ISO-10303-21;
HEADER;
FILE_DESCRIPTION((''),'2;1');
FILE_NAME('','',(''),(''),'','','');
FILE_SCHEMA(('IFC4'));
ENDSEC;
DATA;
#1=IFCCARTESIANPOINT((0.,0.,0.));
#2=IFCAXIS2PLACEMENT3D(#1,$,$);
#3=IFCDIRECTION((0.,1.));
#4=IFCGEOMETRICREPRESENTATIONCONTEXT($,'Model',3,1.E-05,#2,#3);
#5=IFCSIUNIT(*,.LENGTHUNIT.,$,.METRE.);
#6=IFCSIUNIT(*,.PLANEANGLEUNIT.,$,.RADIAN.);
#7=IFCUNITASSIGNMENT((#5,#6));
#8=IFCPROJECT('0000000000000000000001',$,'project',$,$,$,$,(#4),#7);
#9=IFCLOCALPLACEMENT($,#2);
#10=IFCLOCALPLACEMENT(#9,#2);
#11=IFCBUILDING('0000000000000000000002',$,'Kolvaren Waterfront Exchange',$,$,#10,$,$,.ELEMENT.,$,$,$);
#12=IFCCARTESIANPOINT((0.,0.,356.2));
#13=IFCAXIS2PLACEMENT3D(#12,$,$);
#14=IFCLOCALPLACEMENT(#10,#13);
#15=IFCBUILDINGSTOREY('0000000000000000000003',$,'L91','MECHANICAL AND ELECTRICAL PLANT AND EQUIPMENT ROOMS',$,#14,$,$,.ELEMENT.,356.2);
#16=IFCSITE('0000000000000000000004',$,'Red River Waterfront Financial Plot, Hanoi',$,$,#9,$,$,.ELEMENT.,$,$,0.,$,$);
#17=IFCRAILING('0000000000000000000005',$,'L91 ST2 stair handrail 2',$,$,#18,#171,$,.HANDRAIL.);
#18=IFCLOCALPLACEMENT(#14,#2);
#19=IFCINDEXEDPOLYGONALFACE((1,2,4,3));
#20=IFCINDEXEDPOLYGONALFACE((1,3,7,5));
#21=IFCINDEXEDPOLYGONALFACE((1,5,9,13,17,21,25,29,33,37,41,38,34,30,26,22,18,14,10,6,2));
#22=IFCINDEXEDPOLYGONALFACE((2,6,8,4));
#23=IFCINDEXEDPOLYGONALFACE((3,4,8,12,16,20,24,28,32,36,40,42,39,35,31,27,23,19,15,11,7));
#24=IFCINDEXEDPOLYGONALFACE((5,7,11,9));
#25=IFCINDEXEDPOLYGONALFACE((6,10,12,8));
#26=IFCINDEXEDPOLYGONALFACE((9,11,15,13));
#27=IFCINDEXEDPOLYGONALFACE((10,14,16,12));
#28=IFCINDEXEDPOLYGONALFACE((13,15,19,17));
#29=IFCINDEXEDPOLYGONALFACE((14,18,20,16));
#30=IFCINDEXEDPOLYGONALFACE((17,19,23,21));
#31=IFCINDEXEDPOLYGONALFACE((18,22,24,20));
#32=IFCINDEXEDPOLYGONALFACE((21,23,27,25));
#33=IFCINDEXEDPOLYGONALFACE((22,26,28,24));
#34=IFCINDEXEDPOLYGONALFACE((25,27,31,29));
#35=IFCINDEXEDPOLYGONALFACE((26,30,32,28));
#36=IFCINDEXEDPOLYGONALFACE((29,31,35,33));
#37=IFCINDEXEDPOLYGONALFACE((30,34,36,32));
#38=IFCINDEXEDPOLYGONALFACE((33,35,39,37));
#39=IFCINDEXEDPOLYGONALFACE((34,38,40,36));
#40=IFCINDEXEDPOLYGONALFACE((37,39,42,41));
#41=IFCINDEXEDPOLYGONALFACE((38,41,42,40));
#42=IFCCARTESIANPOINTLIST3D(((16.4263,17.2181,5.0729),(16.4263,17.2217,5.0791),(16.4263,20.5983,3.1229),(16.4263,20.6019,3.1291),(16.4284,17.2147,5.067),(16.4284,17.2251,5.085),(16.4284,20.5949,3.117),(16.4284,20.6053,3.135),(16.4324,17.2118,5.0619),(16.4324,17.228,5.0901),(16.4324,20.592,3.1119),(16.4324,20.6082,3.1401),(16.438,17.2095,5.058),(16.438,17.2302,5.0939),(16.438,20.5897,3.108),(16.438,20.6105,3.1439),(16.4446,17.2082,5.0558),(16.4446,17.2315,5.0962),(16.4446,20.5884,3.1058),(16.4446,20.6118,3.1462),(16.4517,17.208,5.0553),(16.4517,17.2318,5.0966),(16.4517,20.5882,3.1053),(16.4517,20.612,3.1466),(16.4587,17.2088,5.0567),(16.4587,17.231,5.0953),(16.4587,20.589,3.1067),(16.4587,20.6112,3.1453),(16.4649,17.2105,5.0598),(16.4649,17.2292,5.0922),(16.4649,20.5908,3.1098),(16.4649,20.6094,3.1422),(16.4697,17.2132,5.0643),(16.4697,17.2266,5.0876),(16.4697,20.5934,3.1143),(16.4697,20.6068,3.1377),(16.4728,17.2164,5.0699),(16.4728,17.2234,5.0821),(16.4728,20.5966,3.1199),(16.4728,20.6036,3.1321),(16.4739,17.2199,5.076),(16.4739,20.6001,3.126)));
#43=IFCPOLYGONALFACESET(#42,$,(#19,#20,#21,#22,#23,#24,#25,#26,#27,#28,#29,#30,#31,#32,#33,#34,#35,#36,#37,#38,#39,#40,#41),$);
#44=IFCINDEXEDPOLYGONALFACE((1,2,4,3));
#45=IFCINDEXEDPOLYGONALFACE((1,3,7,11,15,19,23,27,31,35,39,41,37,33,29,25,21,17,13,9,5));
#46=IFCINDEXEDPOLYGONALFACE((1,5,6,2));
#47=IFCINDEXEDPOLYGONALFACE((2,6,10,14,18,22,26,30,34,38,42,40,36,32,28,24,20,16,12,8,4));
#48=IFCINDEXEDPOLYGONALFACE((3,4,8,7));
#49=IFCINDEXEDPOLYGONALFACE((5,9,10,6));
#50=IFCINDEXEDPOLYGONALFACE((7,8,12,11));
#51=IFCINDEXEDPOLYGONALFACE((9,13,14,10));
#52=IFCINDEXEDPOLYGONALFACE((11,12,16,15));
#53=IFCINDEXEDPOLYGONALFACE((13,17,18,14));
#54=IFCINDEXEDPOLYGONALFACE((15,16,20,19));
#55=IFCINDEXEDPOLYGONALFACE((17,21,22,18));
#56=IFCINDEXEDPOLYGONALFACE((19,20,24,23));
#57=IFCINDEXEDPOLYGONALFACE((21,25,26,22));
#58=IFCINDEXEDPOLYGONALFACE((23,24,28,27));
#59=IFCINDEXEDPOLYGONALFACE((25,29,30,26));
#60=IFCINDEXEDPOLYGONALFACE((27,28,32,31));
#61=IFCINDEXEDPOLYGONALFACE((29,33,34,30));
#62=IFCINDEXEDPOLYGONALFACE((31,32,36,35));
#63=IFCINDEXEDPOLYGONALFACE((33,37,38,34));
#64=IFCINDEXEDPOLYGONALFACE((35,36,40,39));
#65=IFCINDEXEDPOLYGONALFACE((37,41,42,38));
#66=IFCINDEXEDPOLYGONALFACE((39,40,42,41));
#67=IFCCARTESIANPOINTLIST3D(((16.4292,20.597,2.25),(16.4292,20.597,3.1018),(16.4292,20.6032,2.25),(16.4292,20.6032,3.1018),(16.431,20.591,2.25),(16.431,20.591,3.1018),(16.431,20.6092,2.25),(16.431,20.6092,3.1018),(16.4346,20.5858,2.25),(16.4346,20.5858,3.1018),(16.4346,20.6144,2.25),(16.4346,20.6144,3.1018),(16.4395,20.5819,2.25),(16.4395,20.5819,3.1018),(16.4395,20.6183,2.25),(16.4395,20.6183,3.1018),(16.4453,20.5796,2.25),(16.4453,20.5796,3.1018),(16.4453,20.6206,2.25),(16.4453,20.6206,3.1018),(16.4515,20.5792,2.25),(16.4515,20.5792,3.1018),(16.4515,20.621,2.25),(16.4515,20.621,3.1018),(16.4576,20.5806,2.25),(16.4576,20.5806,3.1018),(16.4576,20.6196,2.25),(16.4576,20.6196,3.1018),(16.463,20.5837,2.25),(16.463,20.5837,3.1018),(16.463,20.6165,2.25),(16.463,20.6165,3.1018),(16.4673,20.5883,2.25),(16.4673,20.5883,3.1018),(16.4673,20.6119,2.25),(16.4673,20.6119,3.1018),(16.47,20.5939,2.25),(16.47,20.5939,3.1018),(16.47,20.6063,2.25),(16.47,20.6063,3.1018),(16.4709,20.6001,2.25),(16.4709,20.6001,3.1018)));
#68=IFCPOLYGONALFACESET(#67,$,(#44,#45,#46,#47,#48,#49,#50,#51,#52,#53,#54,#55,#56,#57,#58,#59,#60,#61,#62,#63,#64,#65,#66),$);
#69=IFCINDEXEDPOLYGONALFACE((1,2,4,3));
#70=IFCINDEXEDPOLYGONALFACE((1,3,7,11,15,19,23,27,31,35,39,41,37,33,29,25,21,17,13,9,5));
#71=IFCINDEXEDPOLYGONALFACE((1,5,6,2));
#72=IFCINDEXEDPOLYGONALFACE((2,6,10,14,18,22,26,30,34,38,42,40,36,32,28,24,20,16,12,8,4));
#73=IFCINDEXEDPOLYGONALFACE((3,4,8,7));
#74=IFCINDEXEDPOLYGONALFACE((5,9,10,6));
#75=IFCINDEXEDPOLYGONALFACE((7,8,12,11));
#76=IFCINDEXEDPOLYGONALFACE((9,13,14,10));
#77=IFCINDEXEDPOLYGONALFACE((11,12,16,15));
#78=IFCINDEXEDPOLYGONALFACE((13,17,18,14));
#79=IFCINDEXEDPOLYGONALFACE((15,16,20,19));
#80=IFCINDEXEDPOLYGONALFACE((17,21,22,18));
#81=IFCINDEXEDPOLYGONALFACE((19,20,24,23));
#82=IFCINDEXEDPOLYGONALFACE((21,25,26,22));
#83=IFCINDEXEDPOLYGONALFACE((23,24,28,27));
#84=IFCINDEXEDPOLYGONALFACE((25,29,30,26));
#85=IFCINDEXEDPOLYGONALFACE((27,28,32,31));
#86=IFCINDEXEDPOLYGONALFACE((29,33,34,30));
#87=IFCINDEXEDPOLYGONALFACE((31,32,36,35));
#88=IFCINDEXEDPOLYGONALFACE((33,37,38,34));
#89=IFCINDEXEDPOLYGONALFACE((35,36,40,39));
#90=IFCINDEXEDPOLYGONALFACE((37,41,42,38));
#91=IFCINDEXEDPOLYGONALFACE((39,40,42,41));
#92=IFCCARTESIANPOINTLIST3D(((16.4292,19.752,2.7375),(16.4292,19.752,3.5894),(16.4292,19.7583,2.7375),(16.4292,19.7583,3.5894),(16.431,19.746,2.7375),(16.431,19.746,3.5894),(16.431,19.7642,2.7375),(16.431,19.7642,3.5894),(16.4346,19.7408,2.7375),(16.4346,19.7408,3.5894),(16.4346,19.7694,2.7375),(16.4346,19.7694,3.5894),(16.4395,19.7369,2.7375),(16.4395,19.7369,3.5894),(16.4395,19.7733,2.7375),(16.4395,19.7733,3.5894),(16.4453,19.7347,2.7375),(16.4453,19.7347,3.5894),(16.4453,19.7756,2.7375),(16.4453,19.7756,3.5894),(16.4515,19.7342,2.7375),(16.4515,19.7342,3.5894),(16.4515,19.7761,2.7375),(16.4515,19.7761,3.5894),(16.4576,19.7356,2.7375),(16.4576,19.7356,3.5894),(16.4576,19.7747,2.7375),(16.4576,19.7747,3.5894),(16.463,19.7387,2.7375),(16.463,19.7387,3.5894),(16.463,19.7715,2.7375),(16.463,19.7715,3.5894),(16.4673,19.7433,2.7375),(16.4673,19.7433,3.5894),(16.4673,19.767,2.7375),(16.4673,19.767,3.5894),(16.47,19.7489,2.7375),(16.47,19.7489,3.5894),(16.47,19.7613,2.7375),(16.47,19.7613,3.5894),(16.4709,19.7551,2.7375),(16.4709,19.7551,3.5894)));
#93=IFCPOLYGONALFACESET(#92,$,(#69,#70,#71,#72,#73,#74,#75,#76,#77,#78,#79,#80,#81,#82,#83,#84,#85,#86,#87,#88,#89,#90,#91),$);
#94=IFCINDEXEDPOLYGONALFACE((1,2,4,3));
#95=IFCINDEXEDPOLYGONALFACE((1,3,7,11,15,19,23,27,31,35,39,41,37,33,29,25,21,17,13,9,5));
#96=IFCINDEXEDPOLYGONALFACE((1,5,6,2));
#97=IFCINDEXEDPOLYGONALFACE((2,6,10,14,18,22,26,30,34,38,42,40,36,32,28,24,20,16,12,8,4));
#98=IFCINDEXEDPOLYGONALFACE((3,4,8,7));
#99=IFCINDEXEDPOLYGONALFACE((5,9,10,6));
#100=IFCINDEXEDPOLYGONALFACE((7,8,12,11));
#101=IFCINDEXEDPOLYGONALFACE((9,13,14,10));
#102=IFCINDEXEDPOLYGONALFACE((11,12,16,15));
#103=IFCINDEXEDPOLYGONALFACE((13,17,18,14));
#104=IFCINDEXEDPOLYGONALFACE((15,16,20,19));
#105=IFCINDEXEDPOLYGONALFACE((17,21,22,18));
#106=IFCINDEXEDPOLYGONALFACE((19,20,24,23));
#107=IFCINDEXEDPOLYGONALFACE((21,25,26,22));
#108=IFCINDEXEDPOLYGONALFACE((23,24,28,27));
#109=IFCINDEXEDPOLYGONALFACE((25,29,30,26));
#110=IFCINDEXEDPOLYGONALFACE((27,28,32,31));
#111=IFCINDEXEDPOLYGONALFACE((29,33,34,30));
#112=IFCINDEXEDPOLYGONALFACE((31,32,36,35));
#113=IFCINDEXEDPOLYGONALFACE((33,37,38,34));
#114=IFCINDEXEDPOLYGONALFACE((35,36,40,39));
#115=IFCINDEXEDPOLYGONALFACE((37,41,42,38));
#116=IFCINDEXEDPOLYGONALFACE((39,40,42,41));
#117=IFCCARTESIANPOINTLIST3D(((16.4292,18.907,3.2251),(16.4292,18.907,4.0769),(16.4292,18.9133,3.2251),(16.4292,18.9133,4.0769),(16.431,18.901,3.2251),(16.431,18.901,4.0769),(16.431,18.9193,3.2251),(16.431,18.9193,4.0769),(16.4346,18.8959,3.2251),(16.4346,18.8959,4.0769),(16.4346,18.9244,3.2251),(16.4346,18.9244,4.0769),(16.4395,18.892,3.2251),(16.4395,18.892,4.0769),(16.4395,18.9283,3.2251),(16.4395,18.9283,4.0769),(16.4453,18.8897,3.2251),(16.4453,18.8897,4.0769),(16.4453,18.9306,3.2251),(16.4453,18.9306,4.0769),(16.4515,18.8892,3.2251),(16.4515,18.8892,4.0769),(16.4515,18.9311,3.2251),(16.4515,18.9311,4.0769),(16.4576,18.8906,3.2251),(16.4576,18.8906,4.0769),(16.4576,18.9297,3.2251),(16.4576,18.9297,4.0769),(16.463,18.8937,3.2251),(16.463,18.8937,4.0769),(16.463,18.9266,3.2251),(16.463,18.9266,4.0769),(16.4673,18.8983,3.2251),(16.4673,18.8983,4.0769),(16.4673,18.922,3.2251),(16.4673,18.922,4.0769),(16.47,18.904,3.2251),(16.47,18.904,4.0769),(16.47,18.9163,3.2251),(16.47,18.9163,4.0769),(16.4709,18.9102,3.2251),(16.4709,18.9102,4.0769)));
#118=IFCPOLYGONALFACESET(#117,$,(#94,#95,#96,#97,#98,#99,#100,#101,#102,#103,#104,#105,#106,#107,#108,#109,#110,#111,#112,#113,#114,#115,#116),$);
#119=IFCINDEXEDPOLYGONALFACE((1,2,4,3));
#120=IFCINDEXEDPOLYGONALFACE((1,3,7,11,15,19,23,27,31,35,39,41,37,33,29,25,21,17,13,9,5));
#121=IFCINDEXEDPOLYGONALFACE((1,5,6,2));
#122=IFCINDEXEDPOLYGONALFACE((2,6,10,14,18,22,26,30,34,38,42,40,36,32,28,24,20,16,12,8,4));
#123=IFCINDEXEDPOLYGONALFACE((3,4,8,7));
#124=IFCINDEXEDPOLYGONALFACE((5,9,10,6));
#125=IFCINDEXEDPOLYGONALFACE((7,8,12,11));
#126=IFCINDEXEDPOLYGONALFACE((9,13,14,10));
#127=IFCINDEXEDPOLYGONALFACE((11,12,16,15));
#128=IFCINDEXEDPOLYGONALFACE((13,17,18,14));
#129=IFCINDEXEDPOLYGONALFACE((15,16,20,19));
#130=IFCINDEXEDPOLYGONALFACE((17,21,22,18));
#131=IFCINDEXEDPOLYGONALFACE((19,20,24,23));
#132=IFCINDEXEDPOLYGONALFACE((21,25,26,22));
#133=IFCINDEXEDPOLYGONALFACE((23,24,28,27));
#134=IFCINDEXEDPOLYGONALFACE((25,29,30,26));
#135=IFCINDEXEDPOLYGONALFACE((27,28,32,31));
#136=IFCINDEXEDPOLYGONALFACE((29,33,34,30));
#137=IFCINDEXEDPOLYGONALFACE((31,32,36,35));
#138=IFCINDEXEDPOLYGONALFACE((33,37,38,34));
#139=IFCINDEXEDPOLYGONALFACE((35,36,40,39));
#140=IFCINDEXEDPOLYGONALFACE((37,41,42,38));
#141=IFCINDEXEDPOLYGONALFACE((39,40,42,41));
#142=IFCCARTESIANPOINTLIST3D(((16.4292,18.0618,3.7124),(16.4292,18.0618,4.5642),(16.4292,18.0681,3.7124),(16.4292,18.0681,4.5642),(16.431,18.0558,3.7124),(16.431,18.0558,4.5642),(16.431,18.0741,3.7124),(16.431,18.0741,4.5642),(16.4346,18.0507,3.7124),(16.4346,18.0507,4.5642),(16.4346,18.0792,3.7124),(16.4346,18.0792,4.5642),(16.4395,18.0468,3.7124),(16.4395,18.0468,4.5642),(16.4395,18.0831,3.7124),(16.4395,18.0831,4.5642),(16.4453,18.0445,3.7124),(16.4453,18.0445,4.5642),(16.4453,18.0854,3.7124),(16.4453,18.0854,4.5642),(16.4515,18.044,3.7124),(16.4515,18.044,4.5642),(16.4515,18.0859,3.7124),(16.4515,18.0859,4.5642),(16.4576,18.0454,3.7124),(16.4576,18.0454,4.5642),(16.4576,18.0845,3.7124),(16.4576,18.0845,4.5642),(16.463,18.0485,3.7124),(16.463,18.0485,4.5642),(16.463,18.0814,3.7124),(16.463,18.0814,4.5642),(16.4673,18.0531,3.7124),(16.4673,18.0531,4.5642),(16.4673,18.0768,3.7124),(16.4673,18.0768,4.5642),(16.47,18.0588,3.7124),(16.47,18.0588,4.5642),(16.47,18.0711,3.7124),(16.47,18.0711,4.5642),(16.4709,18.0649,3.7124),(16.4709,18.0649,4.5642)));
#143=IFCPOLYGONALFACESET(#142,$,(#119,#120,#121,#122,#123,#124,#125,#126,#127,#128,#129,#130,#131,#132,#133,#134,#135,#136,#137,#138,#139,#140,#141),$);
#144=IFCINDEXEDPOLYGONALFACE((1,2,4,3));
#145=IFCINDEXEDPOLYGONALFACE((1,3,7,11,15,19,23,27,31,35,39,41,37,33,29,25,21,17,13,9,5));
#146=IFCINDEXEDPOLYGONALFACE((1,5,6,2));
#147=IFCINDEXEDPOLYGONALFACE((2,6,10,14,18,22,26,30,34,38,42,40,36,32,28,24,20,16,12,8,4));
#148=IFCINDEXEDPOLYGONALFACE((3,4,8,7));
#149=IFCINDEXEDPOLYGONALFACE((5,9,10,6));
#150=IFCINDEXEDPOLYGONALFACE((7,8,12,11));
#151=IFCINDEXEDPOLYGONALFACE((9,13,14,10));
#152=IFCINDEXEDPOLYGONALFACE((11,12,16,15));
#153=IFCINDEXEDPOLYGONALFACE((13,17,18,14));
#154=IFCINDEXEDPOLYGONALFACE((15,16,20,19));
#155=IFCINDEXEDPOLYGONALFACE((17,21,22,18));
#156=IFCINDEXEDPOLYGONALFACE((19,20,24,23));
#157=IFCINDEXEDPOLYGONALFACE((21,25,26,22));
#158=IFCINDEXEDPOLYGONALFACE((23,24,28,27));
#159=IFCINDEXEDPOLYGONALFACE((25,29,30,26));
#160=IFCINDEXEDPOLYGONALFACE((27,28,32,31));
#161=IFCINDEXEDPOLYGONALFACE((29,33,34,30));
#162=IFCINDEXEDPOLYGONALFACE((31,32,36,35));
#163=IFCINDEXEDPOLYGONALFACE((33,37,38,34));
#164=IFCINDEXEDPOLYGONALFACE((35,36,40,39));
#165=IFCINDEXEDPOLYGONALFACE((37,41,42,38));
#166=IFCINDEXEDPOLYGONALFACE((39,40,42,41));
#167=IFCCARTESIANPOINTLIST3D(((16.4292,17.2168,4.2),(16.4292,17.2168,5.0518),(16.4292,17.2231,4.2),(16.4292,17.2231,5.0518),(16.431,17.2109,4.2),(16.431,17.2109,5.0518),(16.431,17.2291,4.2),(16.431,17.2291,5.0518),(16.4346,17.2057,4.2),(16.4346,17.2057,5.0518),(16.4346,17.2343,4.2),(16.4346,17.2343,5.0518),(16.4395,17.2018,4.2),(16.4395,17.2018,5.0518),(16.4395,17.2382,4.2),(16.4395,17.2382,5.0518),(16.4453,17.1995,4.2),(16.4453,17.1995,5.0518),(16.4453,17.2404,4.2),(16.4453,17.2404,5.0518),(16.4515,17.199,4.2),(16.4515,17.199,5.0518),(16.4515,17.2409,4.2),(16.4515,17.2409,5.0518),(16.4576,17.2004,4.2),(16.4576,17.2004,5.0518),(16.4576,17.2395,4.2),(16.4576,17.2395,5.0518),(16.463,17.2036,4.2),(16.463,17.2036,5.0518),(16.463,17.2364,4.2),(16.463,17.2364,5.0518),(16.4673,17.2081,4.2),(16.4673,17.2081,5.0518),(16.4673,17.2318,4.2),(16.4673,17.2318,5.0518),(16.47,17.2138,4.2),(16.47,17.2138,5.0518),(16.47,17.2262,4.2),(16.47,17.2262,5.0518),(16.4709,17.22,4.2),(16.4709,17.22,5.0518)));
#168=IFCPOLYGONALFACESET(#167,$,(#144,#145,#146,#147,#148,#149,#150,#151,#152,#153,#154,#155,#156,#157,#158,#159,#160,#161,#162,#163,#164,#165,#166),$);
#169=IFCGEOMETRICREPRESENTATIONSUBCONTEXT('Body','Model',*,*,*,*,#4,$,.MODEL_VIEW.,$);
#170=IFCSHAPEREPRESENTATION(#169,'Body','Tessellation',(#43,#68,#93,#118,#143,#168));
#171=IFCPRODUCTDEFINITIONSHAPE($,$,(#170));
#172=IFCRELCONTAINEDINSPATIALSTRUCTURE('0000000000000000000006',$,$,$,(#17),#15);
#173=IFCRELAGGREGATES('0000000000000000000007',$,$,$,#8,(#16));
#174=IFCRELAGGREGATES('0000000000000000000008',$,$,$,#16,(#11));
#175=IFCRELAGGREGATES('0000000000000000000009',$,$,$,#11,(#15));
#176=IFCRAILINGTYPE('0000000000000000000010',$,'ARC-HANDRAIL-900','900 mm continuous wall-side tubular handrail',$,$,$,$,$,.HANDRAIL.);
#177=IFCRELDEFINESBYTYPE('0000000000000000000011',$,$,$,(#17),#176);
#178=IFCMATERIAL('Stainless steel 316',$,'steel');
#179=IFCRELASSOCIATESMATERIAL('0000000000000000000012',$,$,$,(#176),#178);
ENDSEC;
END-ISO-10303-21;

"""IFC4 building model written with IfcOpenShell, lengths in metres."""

from ifc_helpers import new_model, si_unit, direction, frame, origin, origin_2d, place, context, subcontext, project, spatial, circle, extrude, material, type_object, element, save


model = new_model("IFC4")

# Units and contexts
model_context = context("Model", 3, precision=1e-05, world=origin(), true_north=direction((0.0, 1.0)))
body_context = subcontext(model_context, "Body", "Model", "MODEL_VIEW")
ifc_project = project(units=[si_unit("LENGTHUNIT", "METRE"), si_unit("PLANEANGLEUNIT", "RADIAN")], contexts=[model_context])

# Site, building, storey
site_placement = place(None, origin())
site = spatial("IfcSite", under=ifc_project, at=site_placement, Name="Red River Waterfront Financial Plot, Hanoi", CompositionType="ELEMENT", RefElevation=0.0)
building_placement = place(site_placement, origin())
building = spatial("IfcBuilding", under=site, at=building_placement, Name="Kolvaren Waterfront Exchange", CompositionType="ELEMENT")
storey_placement = place(building_placement, frame((0.0, 0.0, 356.2)))
storey = spatial("IfcBuildingStorey", under=building, at=storey_placement, Name="L91", Description="MECHANICAL AND ELECTRICAL PLANT AND EQUIPMENT ROOMS", CompositionType="ELEMENT", Elevation=356.2)

# Railing
ifc_material_1 = material(Name="Stainless steel 316", Category="steel")
railing_type_1 = type_object("IfcRailingType", Name="ARC-HANDRAIL-900", Description="900 mm continuous wall-side tubular handrail", PredefinedType="HANDRAIL", material=ifc_material_1)
railing_1_placement = place(storey_placement, frame((16.45, 20.6001, 2.25)))
element("IfcRailing", 1, at=railing_1_placement, inside=storey, type_object=railing_type_1, Name="L91 ST2 stair handrail 2", PredefinedType="HANDRAIL", context=body_context, shape_type="SweptSolid", body=[
    extrude(circle(Radius=0.0239, at=origin_2d()), frame((0.0, 0.0, 0.876), z_axis=(0.0, -0.866199, 0.499699), x_axis=(1.0, 0.0, 0.0)), (0.0, 0.0, 1.0), 3.9023),
    extrude(circle(Radius=0.021, at=origin_2d()), origin(), (0.0, 0.0, 1.0), 0.8518),
    extrude(circle(Radius=0.021, at=origin_2d()), frame((0.0, -0.845, 0.4875)), (0.0, 0.0, 1.0), 0.8518),
    extrude(circle(Radius=0.021, at=origin_2d()), frame((0.0, -1.6899, 0.9751)), (0.0, 0.0, 1.0), 0.8518),
    extrude(circle(Radius=0.021, at=origin_2d()), frame((0.0, -2.5352, 1.4624)), (0.0, 0.0, 1.0), 0.8518),
    extrude(circle(Radius=0.021, at=origin_2d()), frame((0.0, -3.3801, 1.95)), (0.0, 0.0, 1.0), 0.8518),
])

save(model, "model.ifc")
